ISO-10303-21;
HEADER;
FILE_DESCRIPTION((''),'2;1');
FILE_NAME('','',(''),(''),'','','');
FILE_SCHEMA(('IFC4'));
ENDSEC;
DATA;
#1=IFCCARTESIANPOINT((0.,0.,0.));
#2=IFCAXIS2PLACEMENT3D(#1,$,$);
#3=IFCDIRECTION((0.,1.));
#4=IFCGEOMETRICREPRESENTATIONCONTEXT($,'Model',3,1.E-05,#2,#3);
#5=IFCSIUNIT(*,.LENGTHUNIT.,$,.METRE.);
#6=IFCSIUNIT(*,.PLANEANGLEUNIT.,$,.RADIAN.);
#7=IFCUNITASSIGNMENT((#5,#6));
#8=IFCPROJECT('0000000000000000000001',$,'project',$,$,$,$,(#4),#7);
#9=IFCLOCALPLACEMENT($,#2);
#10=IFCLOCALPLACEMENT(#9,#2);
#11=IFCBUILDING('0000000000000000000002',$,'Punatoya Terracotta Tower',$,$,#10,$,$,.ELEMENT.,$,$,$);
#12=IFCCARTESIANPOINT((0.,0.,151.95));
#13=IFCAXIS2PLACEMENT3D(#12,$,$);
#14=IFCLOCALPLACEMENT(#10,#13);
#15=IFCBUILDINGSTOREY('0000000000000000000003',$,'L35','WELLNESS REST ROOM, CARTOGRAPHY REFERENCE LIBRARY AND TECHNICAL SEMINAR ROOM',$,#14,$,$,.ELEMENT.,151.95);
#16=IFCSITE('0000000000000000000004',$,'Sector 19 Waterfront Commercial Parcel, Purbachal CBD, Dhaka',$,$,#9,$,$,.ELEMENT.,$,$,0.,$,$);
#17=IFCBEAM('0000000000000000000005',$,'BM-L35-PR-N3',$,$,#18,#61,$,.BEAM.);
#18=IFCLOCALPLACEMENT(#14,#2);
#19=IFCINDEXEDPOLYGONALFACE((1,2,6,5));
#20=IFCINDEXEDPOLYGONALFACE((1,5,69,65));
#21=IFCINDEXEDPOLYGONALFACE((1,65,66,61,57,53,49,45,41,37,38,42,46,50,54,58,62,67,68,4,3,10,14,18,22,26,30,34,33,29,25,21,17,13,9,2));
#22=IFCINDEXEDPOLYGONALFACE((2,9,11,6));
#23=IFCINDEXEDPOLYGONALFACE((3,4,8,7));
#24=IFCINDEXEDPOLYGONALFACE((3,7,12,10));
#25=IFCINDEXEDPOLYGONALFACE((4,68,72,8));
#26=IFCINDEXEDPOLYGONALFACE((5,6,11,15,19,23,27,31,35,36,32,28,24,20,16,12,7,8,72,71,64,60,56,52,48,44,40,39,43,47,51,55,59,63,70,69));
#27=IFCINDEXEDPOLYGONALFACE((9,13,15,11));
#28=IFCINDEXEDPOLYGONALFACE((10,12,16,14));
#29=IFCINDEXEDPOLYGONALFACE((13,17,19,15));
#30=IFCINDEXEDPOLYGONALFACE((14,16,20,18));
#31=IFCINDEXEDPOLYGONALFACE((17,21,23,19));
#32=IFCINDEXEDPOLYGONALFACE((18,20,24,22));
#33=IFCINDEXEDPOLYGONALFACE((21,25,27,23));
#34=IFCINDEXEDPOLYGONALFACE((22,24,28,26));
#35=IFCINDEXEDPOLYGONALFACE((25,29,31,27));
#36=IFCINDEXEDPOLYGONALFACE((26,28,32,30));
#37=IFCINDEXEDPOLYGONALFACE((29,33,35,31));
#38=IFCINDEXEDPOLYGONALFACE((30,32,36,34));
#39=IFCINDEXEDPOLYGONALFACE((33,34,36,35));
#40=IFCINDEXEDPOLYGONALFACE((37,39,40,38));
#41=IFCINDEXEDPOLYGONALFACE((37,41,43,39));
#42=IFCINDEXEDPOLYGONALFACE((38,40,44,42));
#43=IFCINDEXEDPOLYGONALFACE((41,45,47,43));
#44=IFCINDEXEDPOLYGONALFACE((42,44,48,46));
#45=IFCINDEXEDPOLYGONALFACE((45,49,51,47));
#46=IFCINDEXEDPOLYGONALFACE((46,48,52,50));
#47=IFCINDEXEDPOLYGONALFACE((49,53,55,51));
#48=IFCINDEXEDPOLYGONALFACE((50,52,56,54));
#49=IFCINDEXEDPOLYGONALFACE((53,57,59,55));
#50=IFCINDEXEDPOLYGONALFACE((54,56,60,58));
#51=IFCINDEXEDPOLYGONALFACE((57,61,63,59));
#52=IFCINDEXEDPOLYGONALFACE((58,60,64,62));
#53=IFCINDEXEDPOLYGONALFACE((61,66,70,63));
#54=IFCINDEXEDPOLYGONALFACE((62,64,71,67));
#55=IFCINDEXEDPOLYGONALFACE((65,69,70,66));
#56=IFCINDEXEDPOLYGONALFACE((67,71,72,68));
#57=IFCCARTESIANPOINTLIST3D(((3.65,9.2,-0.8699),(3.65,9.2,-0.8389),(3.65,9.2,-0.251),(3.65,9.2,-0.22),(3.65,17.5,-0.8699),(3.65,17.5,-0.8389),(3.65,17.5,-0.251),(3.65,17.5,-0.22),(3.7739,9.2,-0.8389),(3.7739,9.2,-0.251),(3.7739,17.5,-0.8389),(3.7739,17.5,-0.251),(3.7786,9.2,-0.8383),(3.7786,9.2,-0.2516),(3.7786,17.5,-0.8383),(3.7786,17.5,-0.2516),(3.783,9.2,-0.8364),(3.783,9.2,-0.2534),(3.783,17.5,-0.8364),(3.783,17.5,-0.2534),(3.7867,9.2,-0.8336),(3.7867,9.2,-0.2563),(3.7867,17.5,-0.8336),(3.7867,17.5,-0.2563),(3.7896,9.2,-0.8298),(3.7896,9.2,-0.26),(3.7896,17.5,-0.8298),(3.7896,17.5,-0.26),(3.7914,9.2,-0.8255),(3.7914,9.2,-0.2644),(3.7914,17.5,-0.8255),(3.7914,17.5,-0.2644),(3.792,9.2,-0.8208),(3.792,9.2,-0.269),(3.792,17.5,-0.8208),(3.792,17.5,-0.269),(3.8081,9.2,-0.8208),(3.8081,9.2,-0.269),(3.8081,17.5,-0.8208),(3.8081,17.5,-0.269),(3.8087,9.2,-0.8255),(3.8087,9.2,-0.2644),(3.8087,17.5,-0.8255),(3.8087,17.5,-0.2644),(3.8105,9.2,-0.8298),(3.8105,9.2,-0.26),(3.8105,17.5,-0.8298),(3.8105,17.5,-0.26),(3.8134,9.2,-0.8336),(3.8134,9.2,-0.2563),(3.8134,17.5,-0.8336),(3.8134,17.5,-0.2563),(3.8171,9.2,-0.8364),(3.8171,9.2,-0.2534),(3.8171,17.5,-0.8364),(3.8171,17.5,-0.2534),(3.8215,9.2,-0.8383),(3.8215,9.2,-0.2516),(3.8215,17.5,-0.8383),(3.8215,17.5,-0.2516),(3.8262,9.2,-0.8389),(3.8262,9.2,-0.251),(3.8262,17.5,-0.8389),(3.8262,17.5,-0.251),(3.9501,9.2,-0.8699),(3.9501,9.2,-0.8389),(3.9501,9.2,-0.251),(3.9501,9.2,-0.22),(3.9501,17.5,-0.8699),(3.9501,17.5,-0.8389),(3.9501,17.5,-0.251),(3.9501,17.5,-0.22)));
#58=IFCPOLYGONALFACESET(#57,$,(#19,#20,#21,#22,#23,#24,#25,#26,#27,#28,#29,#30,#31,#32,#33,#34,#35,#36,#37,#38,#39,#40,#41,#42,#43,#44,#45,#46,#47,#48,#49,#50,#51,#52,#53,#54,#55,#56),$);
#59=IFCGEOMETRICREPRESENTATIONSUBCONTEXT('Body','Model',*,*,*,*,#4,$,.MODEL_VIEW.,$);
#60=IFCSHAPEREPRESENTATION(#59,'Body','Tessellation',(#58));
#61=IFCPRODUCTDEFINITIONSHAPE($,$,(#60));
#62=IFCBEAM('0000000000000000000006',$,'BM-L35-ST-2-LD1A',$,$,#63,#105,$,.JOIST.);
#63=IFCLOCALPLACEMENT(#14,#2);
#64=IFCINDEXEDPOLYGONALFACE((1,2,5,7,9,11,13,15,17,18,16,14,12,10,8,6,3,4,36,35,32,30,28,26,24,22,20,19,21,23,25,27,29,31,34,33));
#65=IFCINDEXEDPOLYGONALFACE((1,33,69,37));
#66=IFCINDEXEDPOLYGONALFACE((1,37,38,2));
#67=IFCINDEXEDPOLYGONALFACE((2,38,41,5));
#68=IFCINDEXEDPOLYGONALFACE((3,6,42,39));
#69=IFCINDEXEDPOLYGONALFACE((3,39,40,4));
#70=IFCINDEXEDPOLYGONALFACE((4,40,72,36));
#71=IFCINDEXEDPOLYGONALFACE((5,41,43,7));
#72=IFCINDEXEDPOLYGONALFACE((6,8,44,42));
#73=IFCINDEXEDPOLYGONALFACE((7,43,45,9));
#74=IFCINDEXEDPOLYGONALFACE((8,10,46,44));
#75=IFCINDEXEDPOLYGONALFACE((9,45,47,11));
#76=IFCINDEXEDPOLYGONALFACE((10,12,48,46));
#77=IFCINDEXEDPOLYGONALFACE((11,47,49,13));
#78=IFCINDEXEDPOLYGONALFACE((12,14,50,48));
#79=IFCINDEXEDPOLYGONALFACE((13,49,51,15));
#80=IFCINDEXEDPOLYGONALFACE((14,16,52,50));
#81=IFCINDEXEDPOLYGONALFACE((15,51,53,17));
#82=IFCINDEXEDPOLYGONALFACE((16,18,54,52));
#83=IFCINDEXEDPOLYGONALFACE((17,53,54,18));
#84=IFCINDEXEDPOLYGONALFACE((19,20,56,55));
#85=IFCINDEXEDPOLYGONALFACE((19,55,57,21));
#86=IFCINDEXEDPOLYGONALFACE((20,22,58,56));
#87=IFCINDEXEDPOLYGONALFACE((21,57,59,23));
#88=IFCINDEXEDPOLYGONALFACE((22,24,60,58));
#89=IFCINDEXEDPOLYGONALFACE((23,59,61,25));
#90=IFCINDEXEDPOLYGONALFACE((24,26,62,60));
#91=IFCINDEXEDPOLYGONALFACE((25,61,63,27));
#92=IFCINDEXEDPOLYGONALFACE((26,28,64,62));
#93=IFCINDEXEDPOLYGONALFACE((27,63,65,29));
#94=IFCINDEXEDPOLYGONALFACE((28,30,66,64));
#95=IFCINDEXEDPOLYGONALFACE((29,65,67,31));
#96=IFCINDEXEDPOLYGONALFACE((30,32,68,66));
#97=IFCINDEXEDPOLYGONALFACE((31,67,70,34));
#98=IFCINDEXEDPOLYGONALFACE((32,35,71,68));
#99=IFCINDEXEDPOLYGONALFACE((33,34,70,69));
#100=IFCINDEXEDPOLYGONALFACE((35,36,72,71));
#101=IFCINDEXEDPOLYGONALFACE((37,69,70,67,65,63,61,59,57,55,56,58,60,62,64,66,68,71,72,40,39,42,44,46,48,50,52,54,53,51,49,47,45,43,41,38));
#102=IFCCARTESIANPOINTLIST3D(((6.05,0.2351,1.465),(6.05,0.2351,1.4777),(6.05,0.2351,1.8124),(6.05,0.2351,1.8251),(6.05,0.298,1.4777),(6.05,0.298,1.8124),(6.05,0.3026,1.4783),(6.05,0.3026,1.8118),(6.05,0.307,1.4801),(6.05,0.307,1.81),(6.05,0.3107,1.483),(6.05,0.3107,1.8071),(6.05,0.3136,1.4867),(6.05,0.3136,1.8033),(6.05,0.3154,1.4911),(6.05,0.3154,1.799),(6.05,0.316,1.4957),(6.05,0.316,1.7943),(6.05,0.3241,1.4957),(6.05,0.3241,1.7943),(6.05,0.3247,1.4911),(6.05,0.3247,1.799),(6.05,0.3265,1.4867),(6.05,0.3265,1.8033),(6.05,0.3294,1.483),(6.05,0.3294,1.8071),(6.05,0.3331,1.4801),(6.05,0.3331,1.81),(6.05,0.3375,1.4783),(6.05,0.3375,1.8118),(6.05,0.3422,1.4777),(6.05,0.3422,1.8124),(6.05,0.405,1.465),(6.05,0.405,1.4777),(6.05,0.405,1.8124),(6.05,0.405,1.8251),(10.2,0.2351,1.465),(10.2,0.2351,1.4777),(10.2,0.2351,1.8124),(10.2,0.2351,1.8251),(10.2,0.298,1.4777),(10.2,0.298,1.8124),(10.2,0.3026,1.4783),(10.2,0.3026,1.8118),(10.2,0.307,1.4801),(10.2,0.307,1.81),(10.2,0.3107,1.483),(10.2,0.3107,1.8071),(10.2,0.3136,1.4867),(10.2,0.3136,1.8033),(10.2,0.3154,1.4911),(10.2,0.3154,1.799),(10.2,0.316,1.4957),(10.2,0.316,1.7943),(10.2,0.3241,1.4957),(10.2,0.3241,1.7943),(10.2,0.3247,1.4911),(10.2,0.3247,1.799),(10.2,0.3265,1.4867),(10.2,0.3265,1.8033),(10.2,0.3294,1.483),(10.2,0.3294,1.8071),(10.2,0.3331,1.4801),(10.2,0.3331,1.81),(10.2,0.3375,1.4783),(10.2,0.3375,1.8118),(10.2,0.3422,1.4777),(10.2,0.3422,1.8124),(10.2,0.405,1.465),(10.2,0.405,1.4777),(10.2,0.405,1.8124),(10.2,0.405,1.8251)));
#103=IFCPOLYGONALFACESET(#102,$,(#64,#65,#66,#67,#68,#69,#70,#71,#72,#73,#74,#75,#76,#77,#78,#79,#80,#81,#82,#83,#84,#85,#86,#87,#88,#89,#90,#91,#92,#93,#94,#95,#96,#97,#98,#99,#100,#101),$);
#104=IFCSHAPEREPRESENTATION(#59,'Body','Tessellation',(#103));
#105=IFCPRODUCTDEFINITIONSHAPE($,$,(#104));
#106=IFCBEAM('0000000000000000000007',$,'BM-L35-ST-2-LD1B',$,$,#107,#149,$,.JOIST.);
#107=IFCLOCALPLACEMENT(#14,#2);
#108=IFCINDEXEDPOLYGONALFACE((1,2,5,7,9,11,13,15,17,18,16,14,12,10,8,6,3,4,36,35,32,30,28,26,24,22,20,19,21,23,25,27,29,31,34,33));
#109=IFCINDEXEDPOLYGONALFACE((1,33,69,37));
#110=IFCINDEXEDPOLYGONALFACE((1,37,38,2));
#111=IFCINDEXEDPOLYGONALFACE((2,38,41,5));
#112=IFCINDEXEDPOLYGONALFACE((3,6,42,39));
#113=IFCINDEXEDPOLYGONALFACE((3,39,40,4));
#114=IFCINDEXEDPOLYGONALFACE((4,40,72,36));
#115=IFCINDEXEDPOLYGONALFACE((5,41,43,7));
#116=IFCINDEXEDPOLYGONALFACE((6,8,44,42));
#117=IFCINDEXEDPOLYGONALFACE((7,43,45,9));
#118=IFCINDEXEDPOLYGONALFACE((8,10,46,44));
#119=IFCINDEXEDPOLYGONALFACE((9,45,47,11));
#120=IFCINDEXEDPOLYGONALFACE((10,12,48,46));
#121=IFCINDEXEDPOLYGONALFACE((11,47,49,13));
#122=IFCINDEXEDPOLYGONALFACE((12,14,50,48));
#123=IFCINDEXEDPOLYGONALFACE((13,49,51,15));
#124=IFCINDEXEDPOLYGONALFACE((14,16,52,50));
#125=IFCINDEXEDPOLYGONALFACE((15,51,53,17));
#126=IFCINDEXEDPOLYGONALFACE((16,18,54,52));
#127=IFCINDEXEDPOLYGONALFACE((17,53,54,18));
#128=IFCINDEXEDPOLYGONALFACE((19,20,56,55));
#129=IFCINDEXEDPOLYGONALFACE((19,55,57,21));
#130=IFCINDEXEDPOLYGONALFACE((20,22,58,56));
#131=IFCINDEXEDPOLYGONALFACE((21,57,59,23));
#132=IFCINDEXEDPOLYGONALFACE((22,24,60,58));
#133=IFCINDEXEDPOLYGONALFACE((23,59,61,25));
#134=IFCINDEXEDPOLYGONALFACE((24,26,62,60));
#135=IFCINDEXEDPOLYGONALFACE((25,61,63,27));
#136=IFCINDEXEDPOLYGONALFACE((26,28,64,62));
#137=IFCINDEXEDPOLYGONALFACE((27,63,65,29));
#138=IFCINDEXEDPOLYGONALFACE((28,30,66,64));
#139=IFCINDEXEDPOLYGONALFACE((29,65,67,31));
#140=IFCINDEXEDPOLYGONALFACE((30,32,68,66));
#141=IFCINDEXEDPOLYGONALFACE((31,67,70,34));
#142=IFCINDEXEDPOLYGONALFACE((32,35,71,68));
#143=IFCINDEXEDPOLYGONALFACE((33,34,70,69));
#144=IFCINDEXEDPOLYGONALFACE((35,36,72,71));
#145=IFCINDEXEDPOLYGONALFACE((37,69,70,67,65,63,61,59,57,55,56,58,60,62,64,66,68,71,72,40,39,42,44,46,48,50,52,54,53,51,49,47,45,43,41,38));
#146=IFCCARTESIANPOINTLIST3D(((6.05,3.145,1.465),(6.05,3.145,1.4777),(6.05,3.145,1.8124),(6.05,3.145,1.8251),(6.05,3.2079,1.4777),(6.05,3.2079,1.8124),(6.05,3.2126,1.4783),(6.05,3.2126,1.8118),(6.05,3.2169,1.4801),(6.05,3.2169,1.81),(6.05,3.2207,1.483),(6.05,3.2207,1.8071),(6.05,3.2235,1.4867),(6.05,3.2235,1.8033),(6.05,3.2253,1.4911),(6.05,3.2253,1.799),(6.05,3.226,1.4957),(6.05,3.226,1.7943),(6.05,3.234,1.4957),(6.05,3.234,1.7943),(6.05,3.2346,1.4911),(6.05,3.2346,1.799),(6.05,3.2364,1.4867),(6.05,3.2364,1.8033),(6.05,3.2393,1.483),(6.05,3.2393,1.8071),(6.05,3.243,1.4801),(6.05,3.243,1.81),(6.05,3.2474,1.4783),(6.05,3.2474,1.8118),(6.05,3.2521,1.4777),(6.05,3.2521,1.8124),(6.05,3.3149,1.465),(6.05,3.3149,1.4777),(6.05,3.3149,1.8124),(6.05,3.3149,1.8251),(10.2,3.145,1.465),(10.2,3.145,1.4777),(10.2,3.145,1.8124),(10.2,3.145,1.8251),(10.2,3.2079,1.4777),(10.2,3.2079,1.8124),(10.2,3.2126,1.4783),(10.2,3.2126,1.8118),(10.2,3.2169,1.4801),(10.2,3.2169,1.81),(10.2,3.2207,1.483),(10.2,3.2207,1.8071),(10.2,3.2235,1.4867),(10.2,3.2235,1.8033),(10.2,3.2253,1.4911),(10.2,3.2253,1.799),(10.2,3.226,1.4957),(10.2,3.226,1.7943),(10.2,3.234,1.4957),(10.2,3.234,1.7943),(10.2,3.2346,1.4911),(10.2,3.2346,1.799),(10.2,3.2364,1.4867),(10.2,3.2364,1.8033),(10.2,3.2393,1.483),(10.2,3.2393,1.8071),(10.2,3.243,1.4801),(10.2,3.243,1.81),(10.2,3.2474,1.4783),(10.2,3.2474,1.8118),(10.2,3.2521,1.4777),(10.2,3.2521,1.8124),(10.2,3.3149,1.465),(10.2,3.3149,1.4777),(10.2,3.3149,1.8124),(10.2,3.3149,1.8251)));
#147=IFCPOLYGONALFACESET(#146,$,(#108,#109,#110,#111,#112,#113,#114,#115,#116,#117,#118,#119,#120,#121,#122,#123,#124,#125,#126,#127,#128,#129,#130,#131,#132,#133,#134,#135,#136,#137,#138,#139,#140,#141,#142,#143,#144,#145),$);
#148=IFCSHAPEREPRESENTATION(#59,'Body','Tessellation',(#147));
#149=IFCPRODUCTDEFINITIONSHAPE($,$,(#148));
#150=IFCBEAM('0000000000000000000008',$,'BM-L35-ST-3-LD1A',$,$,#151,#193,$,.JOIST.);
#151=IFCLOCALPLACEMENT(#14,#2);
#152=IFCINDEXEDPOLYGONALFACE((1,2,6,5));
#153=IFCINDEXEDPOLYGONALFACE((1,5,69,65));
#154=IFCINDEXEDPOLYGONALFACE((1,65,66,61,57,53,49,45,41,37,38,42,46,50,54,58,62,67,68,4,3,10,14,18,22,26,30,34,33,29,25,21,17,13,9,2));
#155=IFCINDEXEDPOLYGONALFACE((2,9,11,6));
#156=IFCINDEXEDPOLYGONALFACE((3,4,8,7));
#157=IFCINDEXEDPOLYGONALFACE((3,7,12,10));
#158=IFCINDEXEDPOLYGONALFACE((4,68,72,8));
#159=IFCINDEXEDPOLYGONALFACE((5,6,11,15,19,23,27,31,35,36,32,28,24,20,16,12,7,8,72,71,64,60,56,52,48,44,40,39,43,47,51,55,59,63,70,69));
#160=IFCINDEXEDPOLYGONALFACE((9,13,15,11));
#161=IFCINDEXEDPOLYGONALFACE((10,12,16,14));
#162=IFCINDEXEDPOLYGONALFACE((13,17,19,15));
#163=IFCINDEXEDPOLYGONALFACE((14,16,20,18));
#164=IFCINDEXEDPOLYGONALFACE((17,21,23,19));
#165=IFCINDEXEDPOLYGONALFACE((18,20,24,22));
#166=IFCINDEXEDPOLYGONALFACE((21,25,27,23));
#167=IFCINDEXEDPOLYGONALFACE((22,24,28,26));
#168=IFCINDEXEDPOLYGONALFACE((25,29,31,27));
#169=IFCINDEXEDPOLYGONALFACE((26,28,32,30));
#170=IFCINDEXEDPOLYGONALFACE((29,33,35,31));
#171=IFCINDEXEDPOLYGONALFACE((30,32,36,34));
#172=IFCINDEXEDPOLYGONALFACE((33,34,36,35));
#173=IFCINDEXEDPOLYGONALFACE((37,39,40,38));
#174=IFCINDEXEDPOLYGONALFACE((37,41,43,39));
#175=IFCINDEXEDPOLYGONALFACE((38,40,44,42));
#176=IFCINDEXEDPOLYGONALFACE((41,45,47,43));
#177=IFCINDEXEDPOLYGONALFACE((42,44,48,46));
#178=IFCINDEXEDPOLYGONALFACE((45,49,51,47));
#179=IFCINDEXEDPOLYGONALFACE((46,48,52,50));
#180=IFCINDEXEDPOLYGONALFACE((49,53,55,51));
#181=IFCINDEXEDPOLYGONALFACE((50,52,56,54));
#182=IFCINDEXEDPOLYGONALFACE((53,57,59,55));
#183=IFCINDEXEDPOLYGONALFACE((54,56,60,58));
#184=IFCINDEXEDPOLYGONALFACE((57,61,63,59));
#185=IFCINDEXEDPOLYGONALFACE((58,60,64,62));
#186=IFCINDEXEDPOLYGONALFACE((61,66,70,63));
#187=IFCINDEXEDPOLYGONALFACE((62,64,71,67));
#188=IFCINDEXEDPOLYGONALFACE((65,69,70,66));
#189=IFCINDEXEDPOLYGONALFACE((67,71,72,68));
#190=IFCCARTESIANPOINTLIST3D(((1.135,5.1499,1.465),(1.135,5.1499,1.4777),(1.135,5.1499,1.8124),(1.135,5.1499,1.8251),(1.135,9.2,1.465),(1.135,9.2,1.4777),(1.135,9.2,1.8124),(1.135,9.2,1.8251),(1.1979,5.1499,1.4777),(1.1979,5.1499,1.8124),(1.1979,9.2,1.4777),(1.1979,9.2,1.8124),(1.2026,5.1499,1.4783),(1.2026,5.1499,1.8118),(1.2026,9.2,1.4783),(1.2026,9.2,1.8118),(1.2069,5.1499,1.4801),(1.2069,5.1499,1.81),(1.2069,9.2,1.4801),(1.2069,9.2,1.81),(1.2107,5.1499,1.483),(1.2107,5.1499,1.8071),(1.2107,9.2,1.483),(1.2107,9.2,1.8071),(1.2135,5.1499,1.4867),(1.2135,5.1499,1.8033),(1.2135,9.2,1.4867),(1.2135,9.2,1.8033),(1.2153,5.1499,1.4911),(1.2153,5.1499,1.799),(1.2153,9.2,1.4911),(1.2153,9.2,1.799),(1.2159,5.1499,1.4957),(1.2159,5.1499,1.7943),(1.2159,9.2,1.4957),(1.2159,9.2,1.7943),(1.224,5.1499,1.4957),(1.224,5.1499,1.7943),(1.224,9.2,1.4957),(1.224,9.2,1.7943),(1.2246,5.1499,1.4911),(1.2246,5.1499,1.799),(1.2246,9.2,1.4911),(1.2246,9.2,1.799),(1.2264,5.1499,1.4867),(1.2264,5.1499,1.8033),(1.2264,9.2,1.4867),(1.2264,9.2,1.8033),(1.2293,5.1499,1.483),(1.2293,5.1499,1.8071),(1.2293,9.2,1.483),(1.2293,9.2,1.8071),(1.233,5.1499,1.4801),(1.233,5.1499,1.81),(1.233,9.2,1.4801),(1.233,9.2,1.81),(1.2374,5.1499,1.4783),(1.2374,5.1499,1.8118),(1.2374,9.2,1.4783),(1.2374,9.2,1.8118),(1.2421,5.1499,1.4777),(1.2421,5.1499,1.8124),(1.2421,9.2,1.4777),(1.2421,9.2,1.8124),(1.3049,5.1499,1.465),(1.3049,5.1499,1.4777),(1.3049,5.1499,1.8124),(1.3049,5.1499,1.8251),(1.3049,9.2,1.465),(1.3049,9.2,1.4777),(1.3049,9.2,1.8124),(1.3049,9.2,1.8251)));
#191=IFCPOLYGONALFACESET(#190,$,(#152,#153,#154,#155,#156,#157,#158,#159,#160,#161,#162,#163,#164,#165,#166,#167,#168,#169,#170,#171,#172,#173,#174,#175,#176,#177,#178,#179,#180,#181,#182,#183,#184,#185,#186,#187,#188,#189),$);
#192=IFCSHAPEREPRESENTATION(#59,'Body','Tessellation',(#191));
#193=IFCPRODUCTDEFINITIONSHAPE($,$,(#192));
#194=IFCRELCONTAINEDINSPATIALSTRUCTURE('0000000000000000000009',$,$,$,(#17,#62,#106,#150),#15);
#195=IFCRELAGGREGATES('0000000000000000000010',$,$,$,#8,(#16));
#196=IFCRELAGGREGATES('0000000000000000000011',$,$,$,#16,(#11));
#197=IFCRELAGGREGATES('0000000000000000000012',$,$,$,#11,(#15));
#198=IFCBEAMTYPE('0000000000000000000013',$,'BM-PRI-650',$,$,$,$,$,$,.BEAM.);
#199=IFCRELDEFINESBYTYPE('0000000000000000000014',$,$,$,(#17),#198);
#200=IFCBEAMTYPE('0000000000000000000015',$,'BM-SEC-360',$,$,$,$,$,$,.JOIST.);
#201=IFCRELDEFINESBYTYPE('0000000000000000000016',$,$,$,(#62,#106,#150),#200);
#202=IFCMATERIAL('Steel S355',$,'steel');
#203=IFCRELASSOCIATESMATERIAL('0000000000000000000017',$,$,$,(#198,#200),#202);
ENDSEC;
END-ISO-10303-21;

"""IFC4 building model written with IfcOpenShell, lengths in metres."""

from ifc_helpers import new_model, si_unit, direction, frame, origin, origin_2d, place, context, subcontext, project, spatial, i_section, extrude, material, material_profile, profile_set, type_object, element, save


model = new_model("IFC4")

# Units and contexts
model_context = context("Model", 3, precision=1e-05, world=origin(), true_north=direction((0.0, 1.0)))
body_context = subcontext(model_context, "Body", "Model", "MODEL_VIEW")
ifc_project = project(units=[si_unit("LENGTHUNIT", "METRE"), si_unit("PLANEANGLEUNIT", "RADIAN")], contexts=[model_context])

# Site, building, storey
site_placement = place(None, origin())
site = spatial("IfcSite", under=ifc_project, at=site_placement, Name="Sector 19 Waterfront Commercial Parcel, Purbachal CBD, Dhaka", CompositionType="ELEMENT", RefElevation=0.0)
building_placement = place(site_placement, origin())
building = spatial("IfcBuilding", under=site, at=building_placement, Name="Punatoya Terracotta Tower", CompositionType="ELEMENT")
storey_placement = place(building_placement, frame((0.0, 0.0, 151.95)))
storey = spatial("IfcBuildingStorey", under=building, at=storey_placement, Name="L35", Description="WELLNESS REST ROOM, CARTOGRAPHY REFERENCE LIBRARY AND TECHNICAL SEMINAR ROOM", CompositionType="ELEMENT", Elevation=151.95)

# Beams
ifc_material_1 = material(Name="Steel S355", Category="steel")
ifc_material_profile_1 = material_profile(ifc_material_1, i_section(OverallWidth=0.3, OverallDepth=0.6499, WebThickness=0.0161, FlangeThickness=0.031, FilletRadius=0.0181, at=origin_2d()))
ifc_profile_set_1 = profile_set([ifc_material_profile_1], Name="Steel S355")
beam_type_1 = type_object("IfcBeamType", Name="BM-PRI-650", PredefinedType="BEAM", material=ifc_profile_set_1)
beam_placement = place(storey_placement, frame((3.8, 9.2, -0.5449), z_axis=(0.0, 1.0, 0.0), x_axis=(-1.0, 0.0, 0.0)))
element("IfcBeam", 1, at=beam_placement, inside=storey, type_object=beam_type_1, Name="BM-L35-PR-N3", PredefinedType="BEAM", context=body_context, shape_type="SweptSolid", body=[
    extrude(i_section(OverallWidth=0.3, OverallDepth=0.6499, WebThickness=0.0161, FlangeThickness=0.031, FilletRadius=0.0181, at=origin_2d()), origin(), (0.0, 0.0, 1.0), 8.3),
])
ifc_material_profile_2 = material_profile(ifc_material_1, i_section(OverallWidth=0.1699, OverallDepth=0.3601, WebThickness=0.0081, FlangeThickness=0.0127, FilletRadius=0.0181, at=origin_2d()))
ifc_profile_set_2 = profile_set([ifc_material_profile_2], Name="Steel S355")
beam_type_2 = type_object("IfcBeamType", Name="BM-SEC-360", PredefinedType="JOIST", material=ifc_profile_set_2)
for number, where, z_axis, x_axis, name in (
    (2, (6.05, 0.3201, 1.645), (1.0, 0.0, 0.0), (0.0, 1.0, 0.0), "BM-L35-ST-2-LD1A"),
    (3, (6.05, 3.23, 1.645), (1.0, 0.0, 0.0), (0.0, 1.0, 0.0), "BM-L35-ST-2-LD1B"),
):
    element("IfcBeam", number, at=place(storey_placement, frame(where, z_axis=z_axis, x_axis=x_axis)), inside=storey, type_object=beam_type_2, Name=name, PredefinedType="JOIST", context=body_context, shape_type="SweptSolid", body=[
        extrude(i_section(OverallWidth=0.1699, OverallDepth=0.3601, WebThickness=0.0081, FlangeThickness=0.0127, FilletRadius=0.0181, at=origin_2d()), origin(), (0.0, 0.0, 1.0), 4.1499),
    ])
for number, where, z_axis, x_axis, name in (
    (4, (1.22, 5.1499, 1.645), (0.0, 1.0, 0.0), (-1.0, 0.0, 0.0), "BM-L35-ST-3-LD1A"),
):
    element("IfcBeam", number, at=place(storey_placement, frame(where, z_axis=z_axis, x_axis=x_axis)), inside=storey, type_object=beam_type_2, Name=name, PredefinedType="JOIST", context=body_context, shape_type="SweptSolid", body=[
        extrude(i_section(OverallWidth=0.1699, OverallDepth=0.3601, WebThickness=0.0081, FlangeThickness=0.0127, FilletRadius=0.0181, at=origin_2d()), origin(), (0.0, 0.0, 1.0), 4.05),
    ])

save(model, "model.ifc")
